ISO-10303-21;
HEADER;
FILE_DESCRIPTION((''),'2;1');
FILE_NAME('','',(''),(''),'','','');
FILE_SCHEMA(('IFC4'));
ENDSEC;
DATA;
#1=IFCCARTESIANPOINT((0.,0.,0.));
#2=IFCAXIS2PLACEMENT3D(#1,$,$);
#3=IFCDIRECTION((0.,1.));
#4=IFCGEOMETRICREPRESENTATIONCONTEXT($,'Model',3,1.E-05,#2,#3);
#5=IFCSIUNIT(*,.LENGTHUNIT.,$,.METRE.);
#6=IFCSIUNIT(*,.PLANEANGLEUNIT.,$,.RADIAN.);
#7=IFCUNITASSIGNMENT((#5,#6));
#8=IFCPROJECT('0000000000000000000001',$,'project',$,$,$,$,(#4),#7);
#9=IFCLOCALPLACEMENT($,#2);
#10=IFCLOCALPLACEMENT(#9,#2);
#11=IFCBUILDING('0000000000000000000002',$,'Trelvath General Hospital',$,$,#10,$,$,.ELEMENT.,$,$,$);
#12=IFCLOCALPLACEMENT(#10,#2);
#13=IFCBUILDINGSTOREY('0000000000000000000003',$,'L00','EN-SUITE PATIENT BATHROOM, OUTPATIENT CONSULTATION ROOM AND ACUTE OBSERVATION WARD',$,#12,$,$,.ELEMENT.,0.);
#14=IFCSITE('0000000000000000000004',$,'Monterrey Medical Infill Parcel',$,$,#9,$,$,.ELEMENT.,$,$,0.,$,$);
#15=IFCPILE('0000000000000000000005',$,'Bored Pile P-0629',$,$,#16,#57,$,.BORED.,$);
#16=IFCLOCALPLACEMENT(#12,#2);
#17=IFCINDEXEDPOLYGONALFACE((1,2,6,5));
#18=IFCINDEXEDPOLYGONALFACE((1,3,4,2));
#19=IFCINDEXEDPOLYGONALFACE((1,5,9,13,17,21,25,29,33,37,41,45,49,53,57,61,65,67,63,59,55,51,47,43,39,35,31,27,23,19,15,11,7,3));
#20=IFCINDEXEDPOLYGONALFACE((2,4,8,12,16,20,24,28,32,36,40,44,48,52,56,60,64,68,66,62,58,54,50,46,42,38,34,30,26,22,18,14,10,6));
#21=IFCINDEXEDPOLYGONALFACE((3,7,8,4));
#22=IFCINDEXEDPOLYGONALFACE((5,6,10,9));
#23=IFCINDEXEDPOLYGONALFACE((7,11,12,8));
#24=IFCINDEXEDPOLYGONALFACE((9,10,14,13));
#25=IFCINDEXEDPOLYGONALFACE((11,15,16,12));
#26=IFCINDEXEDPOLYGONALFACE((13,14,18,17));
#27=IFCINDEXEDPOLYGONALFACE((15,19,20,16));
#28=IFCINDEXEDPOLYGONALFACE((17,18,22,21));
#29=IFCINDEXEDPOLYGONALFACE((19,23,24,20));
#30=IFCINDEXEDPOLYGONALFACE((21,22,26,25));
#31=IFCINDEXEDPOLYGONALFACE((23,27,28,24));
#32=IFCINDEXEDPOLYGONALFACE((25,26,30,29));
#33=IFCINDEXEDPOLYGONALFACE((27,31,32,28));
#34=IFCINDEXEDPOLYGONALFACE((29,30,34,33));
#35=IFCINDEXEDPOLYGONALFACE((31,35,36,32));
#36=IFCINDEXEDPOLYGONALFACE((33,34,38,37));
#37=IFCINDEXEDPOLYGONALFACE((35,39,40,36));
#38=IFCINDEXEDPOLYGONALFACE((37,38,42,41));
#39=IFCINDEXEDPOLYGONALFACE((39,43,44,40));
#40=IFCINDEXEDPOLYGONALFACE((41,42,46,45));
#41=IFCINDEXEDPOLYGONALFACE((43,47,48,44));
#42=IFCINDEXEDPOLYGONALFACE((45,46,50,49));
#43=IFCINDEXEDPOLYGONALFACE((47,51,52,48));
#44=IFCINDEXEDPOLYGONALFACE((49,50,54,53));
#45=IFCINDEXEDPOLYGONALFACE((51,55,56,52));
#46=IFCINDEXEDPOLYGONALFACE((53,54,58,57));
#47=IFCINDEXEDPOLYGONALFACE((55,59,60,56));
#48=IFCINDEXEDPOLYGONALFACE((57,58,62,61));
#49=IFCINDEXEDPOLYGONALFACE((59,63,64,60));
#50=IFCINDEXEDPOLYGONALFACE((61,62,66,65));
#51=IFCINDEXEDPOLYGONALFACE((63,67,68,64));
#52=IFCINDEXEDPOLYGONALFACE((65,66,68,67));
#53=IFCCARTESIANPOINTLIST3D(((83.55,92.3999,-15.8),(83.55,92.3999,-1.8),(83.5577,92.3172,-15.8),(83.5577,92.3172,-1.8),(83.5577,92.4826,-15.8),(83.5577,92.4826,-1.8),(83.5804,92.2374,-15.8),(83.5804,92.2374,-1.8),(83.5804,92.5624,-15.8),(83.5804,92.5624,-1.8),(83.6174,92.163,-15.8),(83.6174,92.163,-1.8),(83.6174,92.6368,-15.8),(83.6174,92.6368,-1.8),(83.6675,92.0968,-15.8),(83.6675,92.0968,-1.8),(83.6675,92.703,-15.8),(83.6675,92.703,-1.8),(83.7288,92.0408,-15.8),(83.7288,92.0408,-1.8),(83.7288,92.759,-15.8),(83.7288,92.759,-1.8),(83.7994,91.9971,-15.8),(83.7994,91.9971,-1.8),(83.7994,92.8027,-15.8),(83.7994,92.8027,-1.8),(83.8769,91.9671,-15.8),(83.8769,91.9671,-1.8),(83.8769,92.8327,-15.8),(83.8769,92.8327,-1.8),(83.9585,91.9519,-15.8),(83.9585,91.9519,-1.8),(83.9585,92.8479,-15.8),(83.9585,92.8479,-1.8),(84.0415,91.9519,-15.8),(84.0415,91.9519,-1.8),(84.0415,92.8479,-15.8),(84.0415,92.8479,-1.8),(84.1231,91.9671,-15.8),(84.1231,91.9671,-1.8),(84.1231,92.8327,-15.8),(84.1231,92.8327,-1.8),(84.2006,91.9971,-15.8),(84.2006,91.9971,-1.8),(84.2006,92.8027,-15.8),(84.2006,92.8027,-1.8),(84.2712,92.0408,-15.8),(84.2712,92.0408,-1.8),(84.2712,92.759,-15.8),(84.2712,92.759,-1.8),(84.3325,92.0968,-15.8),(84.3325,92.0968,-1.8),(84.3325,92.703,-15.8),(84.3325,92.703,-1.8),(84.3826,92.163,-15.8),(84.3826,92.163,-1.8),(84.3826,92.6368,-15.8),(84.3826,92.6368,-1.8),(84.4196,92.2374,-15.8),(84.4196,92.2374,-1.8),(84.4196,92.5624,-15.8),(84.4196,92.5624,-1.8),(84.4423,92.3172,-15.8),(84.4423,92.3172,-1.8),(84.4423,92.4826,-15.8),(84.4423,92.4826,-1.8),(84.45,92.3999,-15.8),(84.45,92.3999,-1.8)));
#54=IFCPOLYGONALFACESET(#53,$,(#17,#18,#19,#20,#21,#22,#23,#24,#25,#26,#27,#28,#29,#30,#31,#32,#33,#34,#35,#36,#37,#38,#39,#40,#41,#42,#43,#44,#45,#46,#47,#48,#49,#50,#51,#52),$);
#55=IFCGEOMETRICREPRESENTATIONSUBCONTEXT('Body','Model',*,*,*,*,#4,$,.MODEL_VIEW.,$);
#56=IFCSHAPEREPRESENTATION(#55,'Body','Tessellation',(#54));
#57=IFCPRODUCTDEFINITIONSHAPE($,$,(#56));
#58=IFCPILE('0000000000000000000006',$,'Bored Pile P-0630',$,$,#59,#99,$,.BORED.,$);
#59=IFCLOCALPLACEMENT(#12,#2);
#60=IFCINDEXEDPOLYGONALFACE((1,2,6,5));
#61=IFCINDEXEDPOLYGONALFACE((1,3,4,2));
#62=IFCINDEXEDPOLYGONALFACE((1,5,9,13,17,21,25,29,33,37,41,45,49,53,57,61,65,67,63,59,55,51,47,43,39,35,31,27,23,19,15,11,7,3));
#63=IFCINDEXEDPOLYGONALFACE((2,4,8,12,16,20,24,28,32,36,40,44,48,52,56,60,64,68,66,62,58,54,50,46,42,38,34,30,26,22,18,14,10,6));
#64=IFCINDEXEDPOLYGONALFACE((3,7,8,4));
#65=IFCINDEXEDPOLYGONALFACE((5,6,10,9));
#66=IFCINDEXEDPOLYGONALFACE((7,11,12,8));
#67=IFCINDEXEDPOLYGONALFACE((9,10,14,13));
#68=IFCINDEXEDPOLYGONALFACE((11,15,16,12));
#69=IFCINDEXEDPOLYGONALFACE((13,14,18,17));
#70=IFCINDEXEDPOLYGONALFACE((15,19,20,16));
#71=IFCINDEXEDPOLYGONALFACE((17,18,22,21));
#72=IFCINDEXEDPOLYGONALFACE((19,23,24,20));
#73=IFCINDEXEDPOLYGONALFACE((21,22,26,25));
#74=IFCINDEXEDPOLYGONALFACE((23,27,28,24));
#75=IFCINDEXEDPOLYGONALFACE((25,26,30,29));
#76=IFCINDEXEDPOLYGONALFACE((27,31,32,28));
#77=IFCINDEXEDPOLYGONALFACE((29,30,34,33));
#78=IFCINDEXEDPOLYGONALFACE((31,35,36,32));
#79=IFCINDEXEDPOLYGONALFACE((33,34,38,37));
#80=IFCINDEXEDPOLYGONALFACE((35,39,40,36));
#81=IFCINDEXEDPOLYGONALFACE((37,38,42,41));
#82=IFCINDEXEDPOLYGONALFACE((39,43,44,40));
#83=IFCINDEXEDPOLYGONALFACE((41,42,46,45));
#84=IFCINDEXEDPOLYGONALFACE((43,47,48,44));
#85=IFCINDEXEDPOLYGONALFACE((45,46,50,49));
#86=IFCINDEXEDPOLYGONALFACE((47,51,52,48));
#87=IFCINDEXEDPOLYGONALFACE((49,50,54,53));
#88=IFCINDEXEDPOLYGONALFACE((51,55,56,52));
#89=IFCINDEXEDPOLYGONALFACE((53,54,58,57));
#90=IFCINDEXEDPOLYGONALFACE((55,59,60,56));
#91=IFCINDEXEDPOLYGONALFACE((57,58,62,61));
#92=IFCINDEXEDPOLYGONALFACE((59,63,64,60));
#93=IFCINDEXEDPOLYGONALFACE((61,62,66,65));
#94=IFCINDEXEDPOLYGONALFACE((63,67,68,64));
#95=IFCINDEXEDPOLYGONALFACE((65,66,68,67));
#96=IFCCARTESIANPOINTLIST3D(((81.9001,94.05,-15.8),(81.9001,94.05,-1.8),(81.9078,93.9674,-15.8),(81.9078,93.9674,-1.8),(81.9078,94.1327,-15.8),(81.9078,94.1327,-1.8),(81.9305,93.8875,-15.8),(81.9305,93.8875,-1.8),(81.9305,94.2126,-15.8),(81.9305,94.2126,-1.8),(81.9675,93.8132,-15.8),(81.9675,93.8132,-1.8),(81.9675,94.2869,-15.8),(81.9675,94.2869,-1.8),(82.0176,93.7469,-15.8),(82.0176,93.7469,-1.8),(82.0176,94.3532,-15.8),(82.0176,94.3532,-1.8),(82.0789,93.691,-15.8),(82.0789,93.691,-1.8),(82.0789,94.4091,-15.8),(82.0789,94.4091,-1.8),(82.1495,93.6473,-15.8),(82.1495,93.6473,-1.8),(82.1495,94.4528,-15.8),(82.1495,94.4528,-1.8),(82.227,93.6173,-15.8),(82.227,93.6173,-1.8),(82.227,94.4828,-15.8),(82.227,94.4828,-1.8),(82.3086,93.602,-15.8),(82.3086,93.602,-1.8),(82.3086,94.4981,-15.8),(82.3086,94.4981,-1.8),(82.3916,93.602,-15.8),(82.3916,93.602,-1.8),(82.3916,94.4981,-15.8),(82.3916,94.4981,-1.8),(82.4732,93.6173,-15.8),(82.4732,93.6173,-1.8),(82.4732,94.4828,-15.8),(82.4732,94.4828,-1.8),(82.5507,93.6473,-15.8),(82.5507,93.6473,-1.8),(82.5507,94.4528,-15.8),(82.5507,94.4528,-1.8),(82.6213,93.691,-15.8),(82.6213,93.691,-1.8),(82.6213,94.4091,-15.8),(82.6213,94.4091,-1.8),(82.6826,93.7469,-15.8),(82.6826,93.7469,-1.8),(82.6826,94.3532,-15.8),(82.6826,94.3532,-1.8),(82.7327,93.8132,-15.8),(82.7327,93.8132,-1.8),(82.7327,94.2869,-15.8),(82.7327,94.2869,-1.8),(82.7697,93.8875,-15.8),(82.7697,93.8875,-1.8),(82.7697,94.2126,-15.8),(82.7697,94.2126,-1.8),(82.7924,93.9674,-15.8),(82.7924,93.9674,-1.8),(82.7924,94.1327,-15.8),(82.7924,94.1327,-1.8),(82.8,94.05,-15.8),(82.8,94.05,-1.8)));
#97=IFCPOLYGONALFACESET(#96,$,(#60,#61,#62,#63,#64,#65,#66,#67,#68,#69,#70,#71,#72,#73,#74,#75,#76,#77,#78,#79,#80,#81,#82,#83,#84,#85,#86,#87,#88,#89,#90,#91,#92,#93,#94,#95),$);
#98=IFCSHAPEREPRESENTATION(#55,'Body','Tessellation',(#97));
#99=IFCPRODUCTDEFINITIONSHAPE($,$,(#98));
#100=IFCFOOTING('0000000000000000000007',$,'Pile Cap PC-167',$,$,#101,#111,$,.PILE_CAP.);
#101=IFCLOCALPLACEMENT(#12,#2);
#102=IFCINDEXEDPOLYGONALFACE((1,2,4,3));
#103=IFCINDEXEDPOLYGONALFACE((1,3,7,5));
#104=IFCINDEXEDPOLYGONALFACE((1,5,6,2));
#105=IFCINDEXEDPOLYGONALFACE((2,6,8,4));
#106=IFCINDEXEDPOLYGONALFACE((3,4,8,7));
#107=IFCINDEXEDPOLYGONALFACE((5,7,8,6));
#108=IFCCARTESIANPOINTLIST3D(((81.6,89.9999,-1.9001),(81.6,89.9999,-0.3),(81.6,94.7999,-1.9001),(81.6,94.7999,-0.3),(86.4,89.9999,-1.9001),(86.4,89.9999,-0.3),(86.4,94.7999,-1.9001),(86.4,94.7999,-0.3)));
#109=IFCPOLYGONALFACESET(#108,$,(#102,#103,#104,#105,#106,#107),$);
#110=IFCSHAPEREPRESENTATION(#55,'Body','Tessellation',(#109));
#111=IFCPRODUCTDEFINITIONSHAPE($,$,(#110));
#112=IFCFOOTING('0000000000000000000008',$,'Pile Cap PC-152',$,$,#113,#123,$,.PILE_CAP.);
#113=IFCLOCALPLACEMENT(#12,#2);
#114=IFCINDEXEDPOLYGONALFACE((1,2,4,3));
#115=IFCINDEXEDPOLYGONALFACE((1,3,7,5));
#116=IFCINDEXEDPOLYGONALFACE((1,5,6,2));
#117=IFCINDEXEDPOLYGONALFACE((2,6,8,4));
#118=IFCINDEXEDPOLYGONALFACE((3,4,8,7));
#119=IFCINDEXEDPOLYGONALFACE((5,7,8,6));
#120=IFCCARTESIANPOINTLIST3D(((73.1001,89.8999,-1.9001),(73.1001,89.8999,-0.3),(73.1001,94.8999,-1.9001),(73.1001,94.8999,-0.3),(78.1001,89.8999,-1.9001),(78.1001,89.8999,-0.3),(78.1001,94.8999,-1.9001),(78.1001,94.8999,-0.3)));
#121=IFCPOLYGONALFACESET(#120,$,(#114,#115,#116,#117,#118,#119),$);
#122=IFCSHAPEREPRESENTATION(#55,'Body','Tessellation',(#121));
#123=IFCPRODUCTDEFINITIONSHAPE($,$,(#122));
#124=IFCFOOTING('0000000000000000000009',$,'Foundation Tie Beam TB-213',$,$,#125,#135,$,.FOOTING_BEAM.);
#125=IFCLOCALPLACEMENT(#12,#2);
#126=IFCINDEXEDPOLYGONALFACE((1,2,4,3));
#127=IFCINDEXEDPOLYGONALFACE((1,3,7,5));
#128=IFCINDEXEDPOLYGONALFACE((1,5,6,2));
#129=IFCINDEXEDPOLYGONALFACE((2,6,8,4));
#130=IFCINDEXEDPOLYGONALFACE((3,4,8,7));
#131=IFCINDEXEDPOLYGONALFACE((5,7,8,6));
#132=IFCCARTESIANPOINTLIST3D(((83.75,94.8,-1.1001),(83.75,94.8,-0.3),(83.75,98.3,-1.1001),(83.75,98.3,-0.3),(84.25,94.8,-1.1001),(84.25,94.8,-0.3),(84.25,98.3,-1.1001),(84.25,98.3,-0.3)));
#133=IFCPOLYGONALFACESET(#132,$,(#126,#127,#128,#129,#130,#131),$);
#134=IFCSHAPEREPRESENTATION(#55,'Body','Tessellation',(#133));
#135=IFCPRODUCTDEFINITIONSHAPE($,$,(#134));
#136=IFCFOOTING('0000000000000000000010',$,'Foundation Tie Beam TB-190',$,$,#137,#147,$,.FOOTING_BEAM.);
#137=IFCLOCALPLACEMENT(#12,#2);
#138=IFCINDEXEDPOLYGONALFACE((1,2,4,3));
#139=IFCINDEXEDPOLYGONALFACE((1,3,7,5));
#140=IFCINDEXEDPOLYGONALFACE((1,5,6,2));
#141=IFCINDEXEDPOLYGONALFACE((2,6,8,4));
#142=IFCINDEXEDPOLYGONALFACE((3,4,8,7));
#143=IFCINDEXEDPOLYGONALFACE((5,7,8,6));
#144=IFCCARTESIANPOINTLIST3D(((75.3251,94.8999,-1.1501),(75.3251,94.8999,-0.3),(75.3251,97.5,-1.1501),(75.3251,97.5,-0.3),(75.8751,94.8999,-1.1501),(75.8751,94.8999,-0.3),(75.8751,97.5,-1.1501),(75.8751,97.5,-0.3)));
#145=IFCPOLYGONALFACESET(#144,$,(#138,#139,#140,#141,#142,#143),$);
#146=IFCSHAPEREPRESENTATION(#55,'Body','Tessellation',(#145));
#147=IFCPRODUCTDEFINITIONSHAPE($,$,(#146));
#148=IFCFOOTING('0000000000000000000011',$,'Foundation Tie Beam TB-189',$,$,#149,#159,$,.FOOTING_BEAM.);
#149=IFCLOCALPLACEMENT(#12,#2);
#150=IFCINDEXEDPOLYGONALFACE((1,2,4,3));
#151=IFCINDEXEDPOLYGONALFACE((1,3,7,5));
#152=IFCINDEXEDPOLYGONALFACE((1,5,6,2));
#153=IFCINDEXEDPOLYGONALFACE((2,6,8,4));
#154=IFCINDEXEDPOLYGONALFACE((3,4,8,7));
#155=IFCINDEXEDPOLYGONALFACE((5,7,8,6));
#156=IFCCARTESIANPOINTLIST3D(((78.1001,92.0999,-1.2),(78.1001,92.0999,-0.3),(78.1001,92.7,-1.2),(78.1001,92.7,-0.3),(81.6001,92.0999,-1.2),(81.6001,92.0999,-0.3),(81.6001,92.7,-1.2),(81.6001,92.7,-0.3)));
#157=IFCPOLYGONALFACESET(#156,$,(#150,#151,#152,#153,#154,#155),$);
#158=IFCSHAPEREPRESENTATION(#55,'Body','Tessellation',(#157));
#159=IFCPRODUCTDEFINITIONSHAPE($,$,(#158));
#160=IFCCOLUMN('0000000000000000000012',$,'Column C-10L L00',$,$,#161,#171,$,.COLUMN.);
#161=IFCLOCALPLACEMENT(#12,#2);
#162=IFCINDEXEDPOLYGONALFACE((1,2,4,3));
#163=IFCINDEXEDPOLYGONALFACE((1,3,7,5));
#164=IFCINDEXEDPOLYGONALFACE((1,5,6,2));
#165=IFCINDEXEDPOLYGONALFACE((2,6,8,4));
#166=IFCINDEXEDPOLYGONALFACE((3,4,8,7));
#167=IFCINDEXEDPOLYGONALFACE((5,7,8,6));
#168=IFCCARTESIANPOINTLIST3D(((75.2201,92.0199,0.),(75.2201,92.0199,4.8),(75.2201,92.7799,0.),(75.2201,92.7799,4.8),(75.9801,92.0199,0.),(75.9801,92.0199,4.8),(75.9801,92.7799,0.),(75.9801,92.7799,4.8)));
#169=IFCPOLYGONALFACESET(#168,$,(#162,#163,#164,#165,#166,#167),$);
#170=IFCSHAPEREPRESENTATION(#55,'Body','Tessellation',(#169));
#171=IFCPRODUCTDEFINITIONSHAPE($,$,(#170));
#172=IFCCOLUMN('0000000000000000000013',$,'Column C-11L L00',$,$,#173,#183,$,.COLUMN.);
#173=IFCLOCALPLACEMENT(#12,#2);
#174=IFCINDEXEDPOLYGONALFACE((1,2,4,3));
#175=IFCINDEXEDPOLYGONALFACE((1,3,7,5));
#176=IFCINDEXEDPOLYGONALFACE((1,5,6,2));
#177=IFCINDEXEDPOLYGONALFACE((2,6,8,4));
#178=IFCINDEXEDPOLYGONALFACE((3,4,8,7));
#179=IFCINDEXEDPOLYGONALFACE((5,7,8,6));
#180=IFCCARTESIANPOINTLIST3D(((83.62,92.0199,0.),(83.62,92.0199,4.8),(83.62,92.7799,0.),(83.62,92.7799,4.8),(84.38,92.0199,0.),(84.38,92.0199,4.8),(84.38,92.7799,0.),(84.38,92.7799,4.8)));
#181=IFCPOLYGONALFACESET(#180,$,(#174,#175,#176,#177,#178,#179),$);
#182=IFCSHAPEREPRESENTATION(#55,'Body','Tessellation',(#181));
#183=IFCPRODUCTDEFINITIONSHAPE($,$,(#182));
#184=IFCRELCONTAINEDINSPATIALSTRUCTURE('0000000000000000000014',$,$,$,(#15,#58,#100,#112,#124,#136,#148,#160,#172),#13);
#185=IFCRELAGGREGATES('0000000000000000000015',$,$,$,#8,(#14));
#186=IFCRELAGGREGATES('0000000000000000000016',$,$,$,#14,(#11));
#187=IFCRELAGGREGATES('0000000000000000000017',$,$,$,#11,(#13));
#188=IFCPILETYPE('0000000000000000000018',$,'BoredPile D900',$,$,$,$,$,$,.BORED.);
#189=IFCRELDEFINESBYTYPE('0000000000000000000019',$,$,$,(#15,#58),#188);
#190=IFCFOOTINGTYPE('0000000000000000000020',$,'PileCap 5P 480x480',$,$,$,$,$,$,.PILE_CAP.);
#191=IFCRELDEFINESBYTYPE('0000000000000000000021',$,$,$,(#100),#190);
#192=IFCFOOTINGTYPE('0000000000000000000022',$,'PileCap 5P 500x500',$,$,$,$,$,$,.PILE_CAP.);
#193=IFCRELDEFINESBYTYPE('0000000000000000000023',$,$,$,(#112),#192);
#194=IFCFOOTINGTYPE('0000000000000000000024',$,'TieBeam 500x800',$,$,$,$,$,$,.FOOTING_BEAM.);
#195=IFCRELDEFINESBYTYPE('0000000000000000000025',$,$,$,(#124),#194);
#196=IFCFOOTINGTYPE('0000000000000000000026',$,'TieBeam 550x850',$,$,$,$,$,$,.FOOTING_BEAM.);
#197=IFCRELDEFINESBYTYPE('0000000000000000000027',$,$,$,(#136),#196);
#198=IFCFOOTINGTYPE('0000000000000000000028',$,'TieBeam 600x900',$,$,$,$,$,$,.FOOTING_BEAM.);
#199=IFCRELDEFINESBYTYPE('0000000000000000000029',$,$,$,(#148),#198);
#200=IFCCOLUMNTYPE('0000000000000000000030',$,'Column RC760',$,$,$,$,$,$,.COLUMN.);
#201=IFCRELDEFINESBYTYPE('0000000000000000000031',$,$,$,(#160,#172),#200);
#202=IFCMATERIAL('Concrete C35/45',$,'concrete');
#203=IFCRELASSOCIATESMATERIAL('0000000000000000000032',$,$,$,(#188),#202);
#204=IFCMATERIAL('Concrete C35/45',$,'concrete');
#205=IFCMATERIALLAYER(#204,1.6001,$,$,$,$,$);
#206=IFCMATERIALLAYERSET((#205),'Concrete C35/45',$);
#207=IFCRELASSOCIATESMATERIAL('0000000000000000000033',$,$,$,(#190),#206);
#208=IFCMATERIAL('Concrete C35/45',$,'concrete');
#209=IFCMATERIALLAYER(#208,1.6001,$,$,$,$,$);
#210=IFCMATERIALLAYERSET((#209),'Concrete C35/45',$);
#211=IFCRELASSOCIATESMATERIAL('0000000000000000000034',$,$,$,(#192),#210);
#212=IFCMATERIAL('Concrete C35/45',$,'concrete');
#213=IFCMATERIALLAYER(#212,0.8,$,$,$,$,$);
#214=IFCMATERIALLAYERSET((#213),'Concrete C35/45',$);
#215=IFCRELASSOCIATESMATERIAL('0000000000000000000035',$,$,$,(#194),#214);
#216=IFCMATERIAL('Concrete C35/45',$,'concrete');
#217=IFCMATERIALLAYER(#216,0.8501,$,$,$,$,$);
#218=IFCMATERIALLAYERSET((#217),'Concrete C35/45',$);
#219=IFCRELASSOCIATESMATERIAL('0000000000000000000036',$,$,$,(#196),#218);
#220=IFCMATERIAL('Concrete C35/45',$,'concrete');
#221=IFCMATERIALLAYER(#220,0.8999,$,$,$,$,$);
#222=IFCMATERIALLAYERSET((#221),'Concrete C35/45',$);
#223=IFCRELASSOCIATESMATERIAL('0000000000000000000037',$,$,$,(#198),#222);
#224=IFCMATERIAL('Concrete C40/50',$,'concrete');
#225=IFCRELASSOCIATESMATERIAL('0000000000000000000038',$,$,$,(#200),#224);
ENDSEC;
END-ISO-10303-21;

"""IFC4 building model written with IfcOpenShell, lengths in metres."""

from ifc_helpers import new_model, si_unit, direction, frame, origin, origin_2d, place, context, subcontext, project, spatial, rectangle, circle, extrude, material, layer, layer_set, material_profile, profile_set, type_object, element, save


model = new_model("IFC4")

# Units and contexts
model_context = context("Model", 3, precision=1e-05, world=origin(), true_north=direction((0.0, 1.0)))
body_context = subcontext(model_context, "Body", "Model", "MODEL_VIEW")
ifc_project = project(units=[si_unit("LENGTHUNIT", "METRE"), si_unit("PLANEANGLEUNIT", "RADIAN")], contexts=[model_context])

# Site, building, storey
site_placement = place(None, origin())
site = spatial("IfcSite", under=ifc_project, at=site_placement, Name="Monterrey Medical Infill Parcel", CompositionType="ELEMENT", RefElevation=0.0)
building_placement = place(site_placement, origin())
building = spatial("IfcBuilding", under=site, at=building_placement, Name="Trelvath General Hospital", CompositionType="ELEMENT")
storey_placement = place(building_placement, origin())
storey = spatial("IfcBuildingStorey", under=building, at=storey_placement, Name="L00", Description="EN-SUITE PATIENT BATHROOM, OUTPATIENT CONSULTATION ROOM AND ACUTE OBSERVATION WARD", CompositionType="ELEMENT", Elevation=0.0)

# Piles
ifc_material_1 = material(Name="Concrete C35/45", Category="concrete")
ifc_material_profile_1 = material_profile(ifc_material_1, circle(Radius=0.45, at=origin_2d()), Name="PILE900")
ifc_profile_set_1 = profile_set([ifc_material_profile_1], Name="Concrete C35/45")
pile_type_1 = type_object("IfcPileType", Name="BoredPile D900", PredefinedType="BORED", material=ifc_profile_set_1)
for number, where, z_axis, x_axis, name in (
    (1, (84.0, 92.3999, -1.8), (0.0, 0.0, -1.0), (1.0, 0.0, 0.0), "Bored Pile P-0629"),
    (2, (82.3501, 94.05, -1.8), (0.0, 0.0, -1.0), (1.0, 0.0, 0.0), "Bored Pile P-0630"),
):
    element("IfcPile", number, at=place(storey_placement, frame(where, z_axis=z_axis, x_axis=x_axis)), inside=storey, type_object=pile_type_1, Name=name, PredefinedType="BORED", context=body_context, shape_type="SweptSolid", body=[
        extrude(circle(Radius=0.45, at=origin_2d()), origin(), (0.0, 0.0, 1.0), 14.0),
    ])

# Footings
ifc_material_2 = material(Name="Concrete C35/45", Category="concrete")
ifc_layer_1 = layer(ifc_material_2, 1.6001)
ifc_layer_set_1 = layer_set([ifc_layer_1], Name="Concrete C35/45")
footing_type_1 = type_object("IfcFootingType", Name="PileCap 5P 480x480", PredefinedType="PILE_CAP", material=ifc_layer_set_1)
footing_1_placement = place(storey_placement, frame((84.0, 92.3999, -1.9001), z_axis=(0.0, 0.0, 1.0), x_axis=(1.0, 0.0, 0.0)))
element("IfcFooting", 3, at=footing_1_placement, inside=storey, type_object=footing_type_1, Name="Pile Cap PC-167", PredefinedType="PILE_CAP", context=body_context, shape_type="SweptSolid", body=[
    extrude(rectangle(XDim=4.8, YDim=4.8, at=origin_2d()), origin(), (0.0, 0.0, 1.0), 1.6001),
])
ifc_material_3 = material(Name="Concrete C35/45", Category="concrete")
ifc_layer_2 = layer(ifc_material_3, 1.6001)
ifc_layer_set_2 = layer_set([ifc_layer_2], Name="Concrete C35/45")
footing_type_2 = type_object("IfcFootingType", Name="PileCap 5P 500x500", PredefinedType="PILE_CAP", material=ifc_layer_set_2)
footing_2_placement = place(storey_placement, frame((75.6001, 92.3999, -1.9001), z_axis=(0.0, 0.0, 1.0), x_axis=(1.0, 0.0, 0.0)))
element("IfcFooting", 4, at=footing_2_placement, inside=storey, type_object=footing_type_2, Name="Pile Cap PC-152", PredefinedType="PILE_CAP", context=body_context, shape_type="SweptSolid", body=[
    extrude(rectangle(XDim=5.0, YDim=5.0, at=origin_2d()), origin(), (0.0, 0.0, 1.0), 1.6001),
])
ifc_material_4 = material(Name="Concrete C35/45", Category="concrete")
ifc_layer_3 = layer(ifc_material_4, 0.8)
ifc_layer_set_3 = layer_set([ifc_layer_3], Name="Concrete C35/45")
footing_type_3 = type_object("IfcFootingType", Name="TieBeam 500x800", PredefinedType="FOOTING_BEAM", material=ifc_layer_set_3)
footing_3_placement = place(storey_placement, frame((84.0, 96.55, -1.1001), z_axis=(0.0, 0.0, 1.0), x_axis=(1.0, 0.0, 0.0)))
element("IfcFooting", 5, at=footing_3_placement, inside=storey, type_object=footing_type_3, Name="Foundation Tie Beam TB-213", PredefinedType="FOOTING_BEAM", context=body_context, shape_type="SweptSolid", body=[
    extrude(rectangle(XDim=0.5, YDim=3.5, at=origin_2d()), origin(), (0.0, 0.0, 1.0), 0.8),
])
ifc_material_5 = material(Name="Concrete C35/45", Category="concrete")
ifc_layer_4 = layer(ifc_material_5, 0.8501)
ifc_layer_set_4 = layer_set([ifc_layer_4], Name="Concrete C35/45")
footing_type_4 = type_object("IfcFootingType", Name="TieBeam 550x850", PredefinedType="FOOTING_BEAM", material=ifc_layer_set_4)
footing_4_placement = place(storey_placement, frame((75.6001, 96.2, -1.1501), z_axis=(0.0, 0.0, 1.0), x_axis=(1.0, 0.0, 0.0)))
element("IfcFooting", 6, at=footing_4_placement, inside=storey, type_object=footing_type_4, Name="Foundation Tie Beam TB-190", PredefinedType="FOOTING_BEAM", context=body_context, shape_type="SweptSolid", body=[
    extrude(rectangle(XDim=0.55, YDim=2.6001, at=origin_2d()), origin(), (0.0, 0.0, 1.0), 0.8501),
])
ifc_material_6 = material(Name="Concrete C35/45", Category="concrete")
ifc_layer_5 = layer(ifc_material_6, 0.8999)
ifc_layer_set_5 = layer_set([ifc_layer_5], Name="Concrete C35/45")
footing_type_5 = type_object("IfcFootingType", Name="TieBeam 600x900", PredefinedType="FOOTING_BEAM", material=ifc_layer_set_5)
footing_5_placement = place(storey_placement, frame((79.8501, 92.3999, -1.2), z_axis=(0.0, 0.0, 1.0), x_axis=(1.0, 0.0, 0.0)))
element("IfcFooting", 7, at=footing_5_placement, inside=storey, type_object=footing_type_5, Name="Foundation Tie Beam TB-189", PredefinedType="FOOTING_BEAM", context=body_context, shape_type="SweptSolid", body=[
    extrude(rectangle(XDim=3.5, YDim=0.6001, at=origin_2d()), origin(), (0.0, 0.0, 1.0), 0.8999),
])

# Columns
ifc_material_7 = material(Name="Concrete C40/50", Category="concrete")
ifc_material_profile_2 = material_profile(ifc_material_7, rectangle(XDim=0.76, YDim=0.76, at=origin_2d()), Name="RC760x760")
ifc_profile_set_2 = profile_set([ifc_material_profile_2], Name="Concrete C40/50")
column_type = type_object("IfcColumnType", Name="Column RC760", PredefinedType="COLUMN", material=ifc_profile_set_2)
for number, where, z_axis, x_axis, name in (
    (8, (75.6001, 92.3999, 0.0), (0.0, 0.0, 1.0), (1.0, 0.0, 0.0), "Column C-10L L00"),
    (9, (84.0, 92.3999, 0.0), (0.0, 0.0, 1.0), (1.0, 0.0, 0.0), "Column C-11L L00"),
):
    element("IfcColumn", number, at=place(storey_placement, frame(where, z_axis=z_axis, x_axis=x_axis)), inside=storey, type_object=column_type, Name=name, PredefinedType="COLUMN", context=body_context, shape_type="SweptSolid", body=[
        extrude(rectangle(XDim=0.76, YDim=0.76, at=origin_2d()), origin(), (0.0, 0.0, 1.0), 4.8),
    ])

save(model, "model.ifc")
